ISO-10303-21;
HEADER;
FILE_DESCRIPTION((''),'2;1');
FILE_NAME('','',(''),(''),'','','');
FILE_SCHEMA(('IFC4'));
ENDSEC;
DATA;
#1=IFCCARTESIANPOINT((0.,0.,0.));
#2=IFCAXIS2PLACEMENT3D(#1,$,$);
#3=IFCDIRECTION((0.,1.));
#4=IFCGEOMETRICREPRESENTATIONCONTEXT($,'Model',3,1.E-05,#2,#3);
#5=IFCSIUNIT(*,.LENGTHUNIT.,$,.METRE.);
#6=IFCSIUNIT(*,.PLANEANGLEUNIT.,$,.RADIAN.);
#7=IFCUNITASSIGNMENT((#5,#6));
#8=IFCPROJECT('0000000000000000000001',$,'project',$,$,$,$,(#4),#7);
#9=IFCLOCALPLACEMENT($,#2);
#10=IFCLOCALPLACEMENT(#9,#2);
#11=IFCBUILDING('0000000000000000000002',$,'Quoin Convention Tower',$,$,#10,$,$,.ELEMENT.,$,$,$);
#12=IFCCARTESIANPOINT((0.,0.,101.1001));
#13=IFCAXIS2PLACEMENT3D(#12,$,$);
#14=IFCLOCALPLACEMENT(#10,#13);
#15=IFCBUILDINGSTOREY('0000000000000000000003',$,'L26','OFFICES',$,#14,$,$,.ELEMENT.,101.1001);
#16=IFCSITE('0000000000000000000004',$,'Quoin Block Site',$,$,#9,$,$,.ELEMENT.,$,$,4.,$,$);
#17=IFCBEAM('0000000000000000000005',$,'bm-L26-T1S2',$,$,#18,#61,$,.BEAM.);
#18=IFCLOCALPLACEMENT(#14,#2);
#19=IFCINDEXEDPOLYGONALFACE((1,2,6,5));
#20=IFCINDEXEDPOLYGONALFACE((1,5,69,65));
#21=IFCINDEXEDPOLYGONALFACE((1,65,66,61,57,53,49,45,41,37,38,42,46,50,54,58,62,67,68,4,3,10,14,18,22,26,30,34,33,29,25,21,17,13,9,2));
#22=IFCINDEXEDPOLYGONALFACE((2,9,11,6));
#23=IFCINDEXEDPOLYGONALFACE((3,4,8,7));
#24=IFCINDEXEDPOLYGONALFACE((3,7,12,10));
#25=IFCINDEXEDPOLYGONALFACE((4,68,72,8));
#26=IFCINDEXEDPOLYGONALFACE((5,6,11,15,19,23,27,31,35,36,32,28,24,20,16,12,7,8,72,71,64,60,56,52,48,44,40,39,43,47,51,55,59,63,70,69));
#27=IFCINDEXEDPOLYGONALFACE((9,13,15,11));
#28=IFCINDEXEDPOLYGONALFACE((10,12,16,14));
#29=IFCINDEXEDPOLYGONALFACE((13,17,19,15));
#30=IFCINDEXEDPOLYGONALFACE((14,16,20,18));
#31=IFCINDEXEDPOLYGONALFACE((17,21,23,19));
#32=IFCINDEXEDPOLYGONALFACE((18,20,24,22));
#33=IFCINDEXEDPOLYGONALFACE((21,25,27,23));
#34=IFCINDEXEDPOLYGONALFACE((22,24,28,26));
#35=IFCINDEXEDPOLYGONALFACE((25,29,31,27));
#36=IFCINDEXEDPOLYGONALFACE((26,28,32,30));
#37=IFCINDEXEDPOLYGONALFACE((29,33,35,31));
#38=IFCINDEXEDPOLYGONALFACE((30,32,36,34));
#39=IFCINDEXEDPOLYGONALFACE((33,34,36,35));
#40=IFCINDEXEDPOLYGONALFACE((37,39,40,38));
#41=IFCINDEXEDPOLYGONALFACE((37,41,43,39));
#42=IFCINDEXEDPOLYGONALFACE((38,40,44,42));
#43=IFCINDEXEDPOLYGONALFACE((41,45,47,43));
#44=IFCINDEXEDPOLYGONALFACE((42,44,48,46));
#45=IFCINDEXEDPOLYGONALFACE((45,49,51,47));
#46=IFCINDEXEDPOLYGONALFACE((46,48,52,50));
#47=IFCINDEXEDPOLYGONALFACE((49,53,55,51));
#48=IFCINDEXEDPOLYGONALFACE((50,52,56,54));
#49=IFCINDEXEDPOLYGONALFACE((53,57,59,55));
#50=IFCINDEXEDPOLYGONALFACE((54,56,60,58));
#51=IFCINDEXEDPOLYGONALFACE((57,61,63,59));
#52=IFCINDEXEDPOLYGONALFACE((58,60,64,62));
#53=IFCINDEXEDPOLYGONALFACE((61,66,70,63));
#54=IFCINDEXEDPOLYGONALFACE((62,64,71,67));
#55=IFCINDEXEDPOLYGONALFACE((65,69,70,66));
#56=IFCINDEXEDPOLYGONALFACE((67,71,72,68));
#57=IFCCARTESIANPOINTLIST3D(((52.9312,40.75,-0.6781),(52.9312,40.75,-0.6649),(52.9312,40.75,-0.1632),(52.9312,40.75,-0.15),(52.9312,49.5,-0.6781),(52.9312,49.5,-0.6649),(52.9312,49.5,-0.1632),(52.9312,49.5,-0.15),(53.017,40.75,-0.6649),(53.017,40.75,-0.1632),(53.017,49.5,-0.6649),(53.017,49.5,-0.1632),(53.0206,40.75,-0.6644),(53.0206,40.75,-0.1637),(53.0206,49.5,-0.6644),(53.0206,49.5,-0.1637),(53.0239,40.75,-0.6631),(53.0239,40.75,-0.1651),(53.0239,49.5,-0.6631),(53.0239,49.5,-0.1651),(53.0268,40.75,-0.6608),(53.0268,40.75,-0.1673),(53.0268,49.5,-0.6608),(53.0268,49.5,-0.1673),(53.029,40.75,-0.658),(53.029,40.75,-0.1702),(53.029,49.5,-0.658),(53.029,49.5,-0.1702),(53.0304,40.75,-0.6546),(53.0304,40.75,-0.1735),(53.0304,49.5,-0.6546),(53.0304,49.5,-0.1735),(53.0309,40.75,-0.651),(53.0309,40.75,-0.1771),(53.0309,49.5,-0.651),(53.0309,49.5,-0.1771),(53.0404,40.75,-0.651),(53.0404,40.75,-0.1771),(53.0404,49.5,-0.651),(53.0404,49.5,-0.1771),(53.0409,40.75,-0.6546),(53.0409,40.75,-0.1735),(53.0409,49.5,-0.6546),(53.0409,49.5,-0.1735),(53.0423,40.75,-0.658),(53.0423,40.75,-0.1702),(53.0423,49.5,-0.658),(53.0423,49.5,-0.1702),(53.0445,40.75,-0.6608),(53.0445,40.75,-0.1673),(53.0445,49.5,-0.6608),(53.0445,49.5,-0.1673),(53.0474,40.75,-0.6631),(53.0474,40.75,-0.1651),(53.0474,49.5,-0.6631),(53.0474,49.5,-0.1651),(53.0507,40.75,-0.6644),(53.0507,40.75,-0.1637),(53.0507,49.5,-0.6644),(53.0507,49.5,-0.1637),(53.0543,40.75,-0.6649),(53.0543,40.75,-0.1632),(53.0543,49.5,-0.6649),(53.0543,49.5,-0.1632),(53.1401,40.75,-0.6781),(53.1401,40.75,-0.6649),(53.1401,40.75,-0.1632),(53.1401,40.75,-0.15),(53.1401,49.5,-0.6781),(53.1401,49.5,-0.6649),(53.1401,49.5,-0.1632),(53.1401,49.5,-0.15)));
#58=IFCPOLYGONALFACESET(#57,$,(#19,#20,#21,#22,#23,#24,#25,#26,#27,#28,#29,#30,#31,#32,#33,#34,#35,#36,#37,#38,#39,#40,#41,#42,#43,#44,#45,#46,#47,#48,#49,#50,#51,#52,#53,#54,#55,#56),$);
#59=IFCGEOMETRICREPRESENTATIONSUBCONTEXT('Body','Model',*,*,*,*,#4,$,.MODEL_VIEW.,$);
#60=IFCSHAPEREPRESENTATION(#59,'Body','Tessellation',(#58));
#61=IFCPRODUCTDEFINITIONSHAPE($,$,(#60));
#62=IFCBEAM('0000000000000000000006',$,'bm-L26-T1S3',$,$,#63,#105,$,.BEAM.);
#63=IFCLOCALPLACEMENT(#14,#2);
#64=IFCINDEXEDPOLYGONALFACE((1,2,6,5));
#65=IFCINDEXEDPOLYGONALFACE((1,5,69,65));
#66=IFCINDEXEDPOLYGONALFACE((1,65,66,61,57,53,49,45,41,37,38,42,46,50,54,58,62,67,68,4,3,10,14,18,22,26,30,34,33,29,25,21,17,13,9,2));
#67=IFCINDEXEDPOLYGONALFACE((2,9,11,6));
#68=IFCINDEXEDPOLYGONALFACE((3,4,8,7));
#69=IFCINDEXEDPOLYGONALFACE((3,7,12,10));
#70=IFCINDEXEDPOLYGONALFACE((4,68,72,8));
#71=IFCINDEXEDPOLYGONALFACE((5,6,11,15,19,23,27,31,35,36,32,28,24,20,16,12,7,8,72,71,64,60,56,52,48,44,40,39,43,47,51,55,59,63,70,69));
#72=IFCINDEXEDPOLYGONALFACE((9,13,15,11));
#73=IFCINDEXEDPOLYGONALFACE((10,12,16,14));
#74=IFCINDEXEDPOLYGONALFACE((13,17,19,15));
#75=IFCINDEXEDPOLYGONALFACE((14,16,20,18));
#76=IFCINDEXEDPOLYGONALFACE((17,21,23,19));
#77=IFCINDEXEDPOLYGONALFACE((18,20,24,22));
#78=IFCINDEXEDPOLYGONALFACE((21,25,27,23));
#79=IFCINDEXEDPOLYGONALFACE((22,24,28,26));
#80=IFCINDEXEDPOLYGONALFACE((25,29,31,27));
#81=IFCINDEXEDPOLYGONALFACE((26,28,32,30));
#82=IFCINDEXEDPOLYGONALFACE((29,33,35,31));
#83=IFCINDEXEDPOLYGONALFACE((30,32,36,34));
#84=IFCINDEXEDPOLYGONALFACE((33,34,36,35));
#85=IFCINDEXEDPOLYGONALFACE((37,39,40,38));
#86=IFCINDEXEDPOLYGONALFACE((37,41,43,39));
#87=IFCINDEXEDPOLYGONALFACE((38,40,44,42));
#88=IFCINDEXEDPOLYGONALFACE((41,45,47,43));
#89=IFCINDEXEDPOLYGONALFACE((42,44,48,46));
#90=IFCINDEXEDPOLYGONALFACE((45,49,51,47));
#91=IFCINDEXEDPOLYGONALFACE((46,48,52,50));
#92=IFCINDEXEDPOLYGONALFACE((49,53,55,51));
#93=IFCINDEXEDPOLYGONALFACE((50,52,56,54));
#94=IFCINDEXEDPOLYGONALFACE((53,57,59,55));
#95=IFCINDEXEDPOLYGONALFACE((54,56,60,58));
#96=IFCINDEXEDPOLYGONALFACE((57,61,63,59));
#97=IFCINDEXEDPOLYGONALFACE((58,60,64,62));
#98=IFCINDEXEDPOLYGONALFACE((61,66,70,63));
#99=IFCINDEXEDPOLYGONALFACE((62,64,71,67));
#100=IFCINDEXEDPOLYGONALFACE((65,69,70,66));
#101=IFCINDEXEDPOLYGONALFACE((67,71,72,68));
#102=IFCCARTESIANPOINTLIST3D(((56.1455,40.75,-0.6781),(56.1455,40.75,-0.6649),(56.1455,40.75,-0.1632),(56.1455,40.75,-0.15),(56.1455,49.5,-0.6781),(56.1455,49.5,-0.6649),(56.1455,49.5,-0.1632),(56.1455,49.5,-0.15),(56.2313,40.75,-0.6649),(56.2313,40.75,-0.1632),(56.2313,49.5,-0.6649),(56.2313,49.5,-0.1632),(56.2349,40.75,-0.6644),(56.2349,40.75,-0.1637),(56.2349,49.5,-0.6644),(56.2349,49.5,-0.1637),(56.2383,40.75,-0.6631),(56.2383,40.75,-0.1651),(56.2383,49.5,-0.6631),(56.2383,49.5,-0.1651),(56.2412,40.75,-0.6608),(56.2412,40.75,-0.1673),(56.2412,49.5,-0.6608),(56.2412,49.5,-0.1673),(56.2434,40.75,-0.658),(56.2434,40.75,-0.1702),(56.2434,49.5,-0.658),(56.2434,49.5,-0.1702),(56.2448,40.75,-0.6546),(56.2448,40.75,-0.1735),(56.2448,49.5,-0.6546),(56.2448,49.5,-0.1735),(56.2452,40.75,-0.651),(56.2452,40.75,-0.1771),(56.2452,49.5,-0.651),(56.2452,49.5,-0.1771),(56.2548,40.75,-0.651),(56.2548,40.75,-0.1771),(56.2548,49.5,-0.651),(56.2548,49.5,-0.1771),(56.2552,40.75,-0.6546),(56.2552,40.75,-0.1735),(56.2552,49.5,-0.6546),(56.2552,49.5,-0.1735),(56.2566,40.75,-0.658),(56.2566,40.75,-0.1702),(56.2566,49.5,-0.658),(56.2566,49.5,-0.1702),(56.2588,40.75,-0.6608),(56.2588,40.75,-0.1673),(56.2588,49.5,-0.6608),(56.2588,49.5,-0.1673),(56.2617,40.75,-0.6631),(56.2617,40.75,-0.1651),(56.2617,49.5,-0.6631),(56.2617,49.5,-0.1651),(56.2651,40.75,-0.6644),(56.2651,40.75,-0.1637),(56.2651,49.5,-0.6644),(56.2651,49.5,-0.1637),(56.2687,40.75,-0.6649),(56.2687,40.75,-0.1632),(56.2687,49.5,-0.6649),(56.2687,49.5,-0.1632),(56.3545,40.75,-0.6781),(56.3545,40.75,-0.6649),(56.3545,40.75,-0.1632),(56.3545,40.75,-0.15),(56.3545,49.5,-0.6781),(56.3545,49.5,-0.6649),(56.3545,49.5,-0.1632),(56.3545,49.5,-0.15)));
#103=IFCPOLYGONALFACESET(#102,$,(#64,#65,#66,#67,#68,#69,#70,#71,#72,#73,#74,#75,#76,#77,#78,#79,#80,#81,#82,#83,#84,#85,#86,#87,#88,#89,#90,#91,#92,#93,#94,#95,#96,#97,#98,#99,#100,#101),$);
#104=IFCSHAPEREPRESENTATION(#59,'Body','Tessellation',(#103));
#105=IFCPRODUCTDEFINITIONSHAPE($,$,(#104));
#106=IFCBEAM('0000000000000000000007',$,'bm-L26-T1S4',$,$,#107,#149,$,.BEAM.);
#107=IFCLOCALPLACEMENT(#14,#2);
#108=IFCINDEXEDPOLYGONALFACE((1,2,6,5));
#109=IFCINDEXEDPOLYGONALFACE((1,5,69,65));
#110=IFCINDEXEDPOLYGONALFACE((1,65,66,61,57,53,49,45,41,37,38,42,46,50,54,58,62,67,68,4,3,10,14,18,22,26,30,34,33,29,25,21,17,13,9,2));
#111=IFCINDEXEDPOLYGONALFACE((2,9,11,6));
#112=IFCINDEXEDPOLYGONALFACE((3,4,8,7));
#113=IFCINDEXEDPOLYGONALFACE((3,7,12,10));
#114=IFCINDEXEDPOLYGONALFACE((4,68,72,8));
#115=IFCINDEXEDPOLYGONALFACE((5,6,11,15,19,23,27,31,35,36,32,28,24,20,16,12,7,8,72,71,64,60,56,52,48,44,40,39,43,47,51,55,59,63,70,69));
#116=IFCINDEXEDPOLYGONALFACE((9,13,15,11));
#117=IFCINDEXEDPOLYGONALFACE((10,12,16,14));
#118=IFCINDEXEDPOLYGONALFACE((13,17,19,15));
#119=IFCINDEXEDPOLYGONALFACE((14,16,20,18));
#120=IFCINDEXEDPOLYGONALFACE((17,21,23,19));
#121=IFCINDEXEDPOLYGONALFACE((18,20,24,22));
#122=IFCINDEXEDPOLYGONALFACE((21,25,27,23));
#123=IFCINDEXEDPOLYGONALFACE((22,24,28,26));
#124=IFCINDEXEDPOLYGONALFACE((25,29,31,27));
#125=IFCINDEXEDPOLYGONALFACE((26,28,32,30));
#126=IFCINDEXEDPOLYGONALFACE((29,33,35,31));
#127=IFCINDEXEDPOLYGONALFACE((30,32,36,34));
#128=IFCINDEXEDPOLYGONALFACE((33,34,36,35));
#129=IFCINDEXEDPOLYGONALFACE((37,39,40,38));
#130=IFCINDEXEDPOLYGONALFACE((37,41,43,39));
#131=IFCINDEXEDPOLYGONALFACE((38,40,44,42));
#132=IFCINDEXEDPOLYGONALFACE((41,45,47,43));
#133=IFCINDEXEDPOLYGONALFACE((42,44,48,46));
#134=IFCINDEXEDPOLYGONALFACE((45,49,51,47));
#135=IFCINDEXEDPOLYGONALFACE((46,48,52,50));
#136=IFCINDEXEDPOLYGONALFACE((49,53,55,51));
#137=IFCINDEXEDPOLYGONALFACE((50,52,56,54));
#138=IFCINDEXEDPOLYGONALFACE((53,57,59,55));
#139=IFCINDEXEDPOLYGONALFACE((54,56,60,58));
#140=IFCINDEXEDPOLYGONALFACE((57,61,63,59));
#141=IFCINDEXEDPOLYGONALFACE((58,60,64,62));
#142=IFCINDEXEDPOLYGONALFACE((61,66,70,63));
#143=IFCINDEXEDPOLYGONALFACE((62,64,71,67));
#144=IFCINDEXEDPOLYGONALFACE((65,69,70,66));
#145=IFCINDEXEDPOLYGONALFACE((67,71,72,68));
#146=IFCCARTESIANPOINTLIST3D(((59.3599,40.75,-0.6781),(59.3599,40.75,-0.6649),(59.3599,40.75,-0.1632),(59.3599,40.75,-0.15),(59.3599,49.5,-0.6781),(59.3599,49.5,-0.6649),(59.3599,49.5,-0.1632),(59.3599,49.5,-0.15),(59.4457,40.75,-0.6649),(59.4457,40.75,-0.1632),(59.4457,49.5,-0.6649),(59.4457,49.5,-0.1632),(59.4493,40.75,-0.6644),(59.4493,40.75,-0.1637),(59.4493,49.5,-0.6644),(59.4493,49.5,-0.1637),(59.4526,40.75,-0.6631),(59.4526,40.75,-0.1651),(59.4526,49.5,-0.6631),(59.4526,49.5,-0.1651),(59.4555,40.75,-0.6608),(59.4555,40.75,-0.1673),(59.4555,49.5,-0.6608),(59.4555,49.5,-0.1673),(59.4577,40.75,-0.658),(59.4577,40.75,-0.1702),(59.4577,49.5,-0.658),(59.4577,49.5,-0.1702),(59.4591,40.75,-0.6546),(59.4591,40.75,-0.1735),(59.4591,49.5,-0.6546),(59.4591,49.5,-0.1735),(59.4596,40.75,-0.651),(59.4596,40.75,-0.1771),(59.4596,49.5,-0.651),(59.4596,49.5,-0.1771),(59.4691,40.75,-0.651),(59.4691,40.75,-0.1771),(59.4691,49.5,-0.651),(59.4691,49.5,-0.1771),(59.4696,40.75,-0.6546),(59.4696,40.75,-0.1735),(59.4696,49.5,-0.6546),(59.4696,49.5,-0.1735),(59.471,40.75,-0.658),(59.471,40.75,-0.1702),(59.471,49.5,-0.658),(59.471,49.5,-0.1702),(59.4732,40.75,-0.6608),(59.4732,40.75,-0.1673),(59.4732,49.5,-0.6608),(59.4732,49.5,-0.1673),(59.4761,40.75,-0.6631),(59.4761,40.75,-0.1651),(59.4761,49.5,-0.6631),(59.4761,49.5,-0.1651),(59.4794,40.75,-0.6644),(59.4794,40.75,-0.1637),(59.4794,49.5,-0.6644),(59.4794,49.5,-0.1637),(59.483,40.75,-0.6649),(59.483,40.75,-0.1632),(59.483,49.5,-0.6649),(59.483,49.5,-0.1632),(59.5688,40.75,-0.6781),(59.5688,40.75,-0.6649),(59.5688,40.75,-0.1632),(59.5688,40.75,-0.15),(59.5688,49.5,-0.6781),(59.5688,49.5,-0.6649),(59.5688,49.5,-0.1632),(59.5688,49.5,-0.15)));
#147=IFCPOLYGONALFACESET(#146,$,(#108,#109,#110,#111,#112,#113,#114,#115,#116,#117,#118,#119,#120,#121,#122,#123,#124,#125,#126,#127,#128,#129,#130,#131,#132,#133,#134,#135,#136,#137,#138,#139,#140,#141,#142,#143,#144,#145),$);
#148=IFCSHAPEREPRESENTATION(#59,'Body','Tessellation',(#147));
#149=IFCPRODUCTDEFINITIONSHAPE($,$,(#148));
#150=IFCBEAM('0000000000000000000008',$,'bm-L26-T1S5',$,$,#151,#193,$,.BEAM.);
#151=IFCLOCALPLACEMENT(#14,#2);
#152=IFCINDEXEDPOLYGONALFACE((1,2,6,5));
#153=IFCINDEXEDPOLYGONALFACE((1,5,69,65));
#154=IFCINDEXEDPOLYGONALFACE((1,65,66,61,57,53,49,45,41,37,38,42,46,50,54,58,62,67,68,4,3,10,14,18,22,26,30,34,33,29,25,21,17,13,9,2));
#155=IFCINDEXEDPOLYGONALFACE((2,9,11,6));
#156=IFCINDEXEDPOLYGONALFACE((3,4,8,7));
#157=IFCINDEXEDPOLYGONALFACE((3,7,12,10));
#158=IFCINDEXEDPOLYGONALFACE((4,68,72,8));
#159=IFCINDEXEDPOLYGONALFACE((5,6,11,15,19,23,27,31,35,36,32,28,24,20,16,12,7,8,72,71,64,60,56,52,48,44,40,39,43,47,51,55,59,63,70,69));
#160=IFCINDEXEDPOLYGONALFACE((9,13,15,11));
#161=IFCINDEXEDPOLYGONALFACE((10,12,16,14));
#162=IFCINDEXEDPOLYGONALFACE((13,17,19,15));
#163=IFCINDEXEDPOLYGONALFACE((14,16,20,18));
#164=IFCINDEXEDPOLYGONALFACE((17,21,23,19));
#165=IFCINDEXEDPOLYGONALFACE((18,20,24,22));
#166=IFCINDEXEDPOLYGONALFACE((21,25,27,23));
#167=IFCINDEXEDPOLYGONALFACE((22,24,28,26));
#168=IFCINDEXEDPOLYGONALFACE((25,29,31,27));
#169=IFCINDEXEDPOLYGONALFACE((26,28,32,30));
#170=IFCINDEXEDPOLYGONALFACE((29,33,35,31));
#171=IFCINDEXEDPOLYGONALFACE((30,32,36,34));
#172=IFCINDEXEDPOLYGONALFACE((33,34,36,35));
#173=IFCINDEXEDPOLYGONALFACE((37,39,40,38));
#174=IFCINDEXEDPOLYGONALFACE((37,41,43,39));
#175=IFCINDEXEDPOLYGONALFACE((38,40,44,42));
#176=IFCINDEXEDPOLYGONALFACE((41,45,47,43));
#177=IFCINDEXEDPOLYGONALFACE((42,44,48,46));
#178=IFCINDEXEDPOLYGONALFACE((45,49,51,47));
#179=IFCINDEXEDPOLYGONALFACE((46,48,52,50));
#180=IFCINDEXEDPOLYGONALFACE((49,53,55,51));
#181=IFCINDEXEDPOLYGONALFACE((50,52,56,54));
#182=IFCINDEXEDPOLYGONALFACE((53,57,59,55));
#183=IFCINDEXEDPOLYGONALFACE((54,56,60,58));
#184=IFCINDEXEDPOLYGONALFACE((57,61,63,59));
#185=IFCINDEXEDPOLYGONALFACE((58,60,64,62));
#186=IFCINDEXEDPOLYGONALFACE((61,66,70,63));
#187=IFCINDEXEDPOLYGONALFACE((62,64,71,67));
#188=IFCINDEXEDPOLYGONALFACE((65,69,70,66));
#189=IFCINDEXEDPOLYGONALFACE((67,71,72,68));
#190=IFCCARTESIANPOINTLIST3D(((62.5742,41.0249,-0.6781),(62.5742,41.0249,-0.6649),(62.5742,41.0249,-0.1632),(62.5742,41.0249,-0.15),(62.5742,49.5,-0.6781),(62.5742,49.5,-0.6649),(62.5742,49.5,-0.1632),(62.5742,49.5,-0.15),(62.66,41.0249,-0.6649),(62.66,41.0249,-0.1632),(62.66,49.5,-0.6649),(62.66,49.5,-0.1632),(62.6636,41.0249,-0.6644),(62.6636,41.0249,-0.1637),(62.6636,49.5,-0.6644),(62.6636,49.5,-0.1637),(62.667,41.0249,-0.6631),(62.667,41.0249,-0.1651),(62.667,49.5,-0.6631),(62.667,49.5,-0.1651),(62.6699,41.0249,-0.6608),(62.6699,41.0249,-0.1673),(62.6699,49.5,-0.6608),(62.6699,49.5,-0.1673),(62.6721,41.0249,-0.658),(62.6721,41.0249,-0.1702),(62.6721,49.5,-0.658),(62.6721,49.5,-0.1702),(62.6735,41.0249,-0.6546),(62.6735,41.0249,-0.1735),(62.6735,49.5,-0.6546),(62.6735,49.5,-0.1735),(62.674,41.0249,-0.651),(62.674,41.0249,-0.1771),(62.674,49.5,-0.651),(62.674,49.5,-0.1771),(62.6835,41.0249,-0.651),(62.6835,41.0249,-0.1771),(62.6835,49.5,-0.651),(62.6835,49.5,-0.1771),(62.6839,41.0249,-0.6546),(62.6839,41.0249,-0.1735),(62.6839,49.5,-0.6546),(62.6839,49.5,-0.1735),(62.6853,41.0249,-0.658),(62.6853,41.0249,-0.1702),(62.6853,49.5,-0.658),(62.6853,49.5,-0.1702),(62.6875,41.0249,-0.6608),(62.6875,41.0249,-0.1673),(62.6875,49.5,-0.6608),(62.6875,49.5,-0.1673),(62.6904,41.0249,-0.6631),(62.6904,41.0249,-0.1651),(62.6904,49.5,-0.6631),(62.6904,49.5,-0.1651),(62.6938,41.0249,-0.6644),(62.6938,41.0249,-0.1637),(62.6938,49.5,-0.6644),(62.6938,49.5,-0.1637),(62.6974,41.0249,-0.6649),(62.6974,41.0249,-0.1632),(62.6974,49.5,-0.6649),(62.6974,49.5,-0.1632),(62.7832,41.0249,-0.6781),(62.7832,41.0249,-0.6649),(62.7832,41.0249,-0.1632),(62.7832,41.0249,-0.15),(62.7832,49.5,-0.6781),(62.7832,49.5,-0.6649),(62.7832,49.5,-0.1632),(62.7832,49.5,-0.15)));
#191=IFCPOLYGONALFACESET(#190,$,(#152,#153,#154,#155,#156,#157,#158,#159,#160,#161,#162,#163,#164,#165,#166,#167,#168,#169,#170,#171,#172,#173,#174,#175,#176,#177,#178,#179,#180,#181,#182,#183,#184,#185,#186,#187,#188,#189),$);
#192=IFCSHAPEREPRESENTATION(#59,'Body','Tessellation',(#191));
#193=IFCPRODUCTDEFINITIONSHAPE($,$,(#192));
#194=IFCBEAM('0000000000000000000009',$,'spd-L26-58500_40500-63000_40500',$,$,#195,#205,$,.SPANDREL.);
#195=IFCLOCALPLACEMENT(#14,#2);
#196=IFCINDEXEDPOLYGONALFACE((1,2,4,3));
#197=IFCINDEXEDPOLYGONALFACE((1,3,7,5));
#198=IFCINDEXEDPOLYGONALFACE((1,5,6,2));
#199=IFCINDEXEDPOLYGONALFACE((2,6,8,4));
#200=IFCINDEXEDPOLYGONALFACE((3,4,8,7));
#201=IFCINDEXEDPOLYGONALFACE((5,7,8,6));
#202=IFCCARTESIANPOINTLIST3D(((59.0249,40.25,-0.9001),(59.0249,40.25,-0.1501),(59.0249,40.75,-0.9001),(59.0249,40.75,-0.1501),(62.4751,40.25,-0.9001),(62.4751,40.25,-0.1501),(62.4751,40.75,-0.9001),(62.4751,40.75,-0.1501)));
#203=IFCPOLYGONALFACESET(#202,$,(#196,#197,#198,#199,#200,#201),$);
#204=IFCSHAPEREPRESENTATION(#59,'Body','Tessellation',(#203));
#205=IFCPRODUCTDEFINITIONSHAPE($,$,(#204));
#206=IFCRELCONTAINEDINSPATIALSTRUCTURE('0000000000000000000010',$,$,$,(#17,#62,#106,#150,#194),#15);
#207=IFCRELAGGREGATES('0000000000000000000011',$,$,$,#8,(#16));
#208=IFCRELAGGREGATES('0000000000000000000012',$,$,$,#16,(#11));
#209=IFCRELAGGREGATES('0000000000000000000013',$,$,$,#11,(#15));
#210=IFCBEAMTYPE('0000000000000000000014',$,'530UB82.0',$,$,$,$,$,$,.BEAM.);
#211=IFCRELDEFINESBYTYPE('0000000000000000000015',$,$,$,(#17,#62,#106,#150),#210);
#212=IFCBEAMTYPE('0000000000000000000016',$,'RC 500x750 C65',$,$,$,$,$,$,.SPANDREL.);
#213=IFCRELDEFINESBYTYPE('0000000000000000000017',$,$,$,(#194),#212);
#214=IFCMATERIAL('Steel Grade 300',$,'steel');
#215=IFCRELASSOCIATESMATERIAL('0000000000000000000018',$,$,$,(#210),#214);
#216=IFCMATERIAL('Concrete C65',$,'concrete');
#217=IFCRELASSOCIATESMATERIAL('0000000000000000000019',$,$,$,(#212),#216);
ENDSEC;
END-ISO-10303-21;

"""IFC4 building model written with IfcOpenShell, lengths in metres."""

from ifc_helpers import new_model, si_unit, direction, frame, origin, origin_2d, place, context, subcontext, project, spatial, rectangle, i_section, extrude, material, material_profile, profile_set, type_object, element, save


model = new_model("IFC4")

# Units and contexts
model_context = context("Model", 3, precision=1e-05, world=origin(), true_north=direction((0.0, 1.0)))
body_context = subcontext(model_context, "Body", "Model", "MODEL_VIEW")
ifc_project = project(units=[si_unit("LENGTHUNIT", "METRE"), si_unit("PLANEANGLEUNIT", "RADIAN")], contexts=[model_context])

# Site, building, storey
site_placement = place(None, origin())
site = spatial("IfcSite", under=ifc_project, at=site_placement, Name="Quoin Block Site", CompositionType="ELEMENT", RefElevation=4.0)
building_placement = place(site_placement, origin())
building = spatial("IfcBuilding", under=site, at=building_placement, Name="Quoin Convention Tower", CompositionType="ELEMENT")
storey_placement = place(building_placement, frame((0.0, 0.0, 101.1001)))
storey = spatial("IfcBuildingStorey", under=building, at=storey_placement, Name="L26", Description="OFFICES", CompositionType="ELEMENT", Elevation=101.1001)

# Beams
ifc_material_1 = material(Name="Steel Grade 300", Category="steel")
ifc_material_profile_1 = material_profile(ifc_material_1, i_section(OverallWidth=0.209, OverallDepth=0.5281, WebThickness=0.0095, FlangeThickness=0.0132, FilletRadius=0.0139, at=origin_2d()), Name="530UB82.0")
ifc_profile_set_1 = profile_set([ifc_material_profile_1], Name="Steel Grade 300")
beam_type_1 = type_object("IfcBeamType", Name="530UB82.0", PredefinedType="BEAM", material=ifc_profile_set_1)
for number, where, z_axis, x_axis, name in (
    (1, (53.0356, 40.75, -0.4141), (0.0, 1.0, 0.0), (-1.0, 0.0, 0.0), "bm-L26-T1S2"),
    (2, (56.25, 40.75, -0.4141), (0.0, 1.0, 0.0), (-1.0, 0.0, 0.0), "bm-L26-T1S3"),
    (3, (59.4644, 40.75, -0.4141), (0.0, 1.0, 0.0), (-1.0, 0.0, 0.0), "bm-L26-T1S4"),
):
    element("IfcBeam", number, at=place(storey_placement, frame(where, z_axis=z_axis, x_axis=x_axis)), inside=storey, type_object=beam_type_1, Name=name, PredefinedType="BEAM", context=body_context, shape_type="SweptSolid", body=[
        extrude(i_section(OverallWidth=0.209, OverallDepth=0.5281, WebThickness=0.0095, FlangeThickness=0.0132, FilletRadius=0.0139, at=origin_2d()), origin(), (0.0, 0.0, 1.0), 8.75),
    ])
beam_1_placement = place(storey_placement, frame((62.6787, 41.0249, -0.4141), z_axis=(0.0, 1.0, 0.0), x_axis=(-1.0, 0.0, 0.0)))
element("IfcBeam", 4, at=beam_1_placement, inside=storey, type_object=beam_type_1, Name="bm-L26-T1S5", PredefinedType="BEAM", context=body_context, shape_type="SweptSolid", body=[
    extrude(i_section(OverallWidth=0.209, OverallDepth=0.5281, WebThickness=0.0095, FlangeThickness=0.0132, FilletRadius=0.0139, at=origin_2d()), origin(), (0.0, 0.0, 1.0), 8.4751),
])
ifc_material_2 = material(Name="Concrete C65", Category="concrete")
ifc_material_profile_2 = material_profile(ifc_material_2, rectangle(XDim=0.5, YDim=0.75, at=origin_2d()), Name="RC 500x750")
ifc_profile_set_2 = profile_set([ifc_material_profile_2], Name="Concrete C65")
beam_type_2 = type_object("IfcBeamType", Name="RC 500x750 C65", PredefinedType="SPANDREL", material=ifc_profile_set_2)
beam_2_placement = place(storey_placement, frame((59.0249, 40.5, -0.5251), z_axis=(1.0, 0.0, 0.0), x_axis=(0.0, 1.0, 0.0)))
element("IfcBeam", 5, at=beam_2_placement, inside=storey, type_object=beam_type_2, Name="spd-L26-58500_40500-63000_40500", PredefinedType="SPANDREL", context=body_context, shape_type="SweptSolid", body=[
    extrude(rectangle(XDim=0.5, YDim=0.75, at=origin_2d()), origin(), (0.0, 0.0, 1.0), 3.4502),
])

save(model, "model.ifc")
